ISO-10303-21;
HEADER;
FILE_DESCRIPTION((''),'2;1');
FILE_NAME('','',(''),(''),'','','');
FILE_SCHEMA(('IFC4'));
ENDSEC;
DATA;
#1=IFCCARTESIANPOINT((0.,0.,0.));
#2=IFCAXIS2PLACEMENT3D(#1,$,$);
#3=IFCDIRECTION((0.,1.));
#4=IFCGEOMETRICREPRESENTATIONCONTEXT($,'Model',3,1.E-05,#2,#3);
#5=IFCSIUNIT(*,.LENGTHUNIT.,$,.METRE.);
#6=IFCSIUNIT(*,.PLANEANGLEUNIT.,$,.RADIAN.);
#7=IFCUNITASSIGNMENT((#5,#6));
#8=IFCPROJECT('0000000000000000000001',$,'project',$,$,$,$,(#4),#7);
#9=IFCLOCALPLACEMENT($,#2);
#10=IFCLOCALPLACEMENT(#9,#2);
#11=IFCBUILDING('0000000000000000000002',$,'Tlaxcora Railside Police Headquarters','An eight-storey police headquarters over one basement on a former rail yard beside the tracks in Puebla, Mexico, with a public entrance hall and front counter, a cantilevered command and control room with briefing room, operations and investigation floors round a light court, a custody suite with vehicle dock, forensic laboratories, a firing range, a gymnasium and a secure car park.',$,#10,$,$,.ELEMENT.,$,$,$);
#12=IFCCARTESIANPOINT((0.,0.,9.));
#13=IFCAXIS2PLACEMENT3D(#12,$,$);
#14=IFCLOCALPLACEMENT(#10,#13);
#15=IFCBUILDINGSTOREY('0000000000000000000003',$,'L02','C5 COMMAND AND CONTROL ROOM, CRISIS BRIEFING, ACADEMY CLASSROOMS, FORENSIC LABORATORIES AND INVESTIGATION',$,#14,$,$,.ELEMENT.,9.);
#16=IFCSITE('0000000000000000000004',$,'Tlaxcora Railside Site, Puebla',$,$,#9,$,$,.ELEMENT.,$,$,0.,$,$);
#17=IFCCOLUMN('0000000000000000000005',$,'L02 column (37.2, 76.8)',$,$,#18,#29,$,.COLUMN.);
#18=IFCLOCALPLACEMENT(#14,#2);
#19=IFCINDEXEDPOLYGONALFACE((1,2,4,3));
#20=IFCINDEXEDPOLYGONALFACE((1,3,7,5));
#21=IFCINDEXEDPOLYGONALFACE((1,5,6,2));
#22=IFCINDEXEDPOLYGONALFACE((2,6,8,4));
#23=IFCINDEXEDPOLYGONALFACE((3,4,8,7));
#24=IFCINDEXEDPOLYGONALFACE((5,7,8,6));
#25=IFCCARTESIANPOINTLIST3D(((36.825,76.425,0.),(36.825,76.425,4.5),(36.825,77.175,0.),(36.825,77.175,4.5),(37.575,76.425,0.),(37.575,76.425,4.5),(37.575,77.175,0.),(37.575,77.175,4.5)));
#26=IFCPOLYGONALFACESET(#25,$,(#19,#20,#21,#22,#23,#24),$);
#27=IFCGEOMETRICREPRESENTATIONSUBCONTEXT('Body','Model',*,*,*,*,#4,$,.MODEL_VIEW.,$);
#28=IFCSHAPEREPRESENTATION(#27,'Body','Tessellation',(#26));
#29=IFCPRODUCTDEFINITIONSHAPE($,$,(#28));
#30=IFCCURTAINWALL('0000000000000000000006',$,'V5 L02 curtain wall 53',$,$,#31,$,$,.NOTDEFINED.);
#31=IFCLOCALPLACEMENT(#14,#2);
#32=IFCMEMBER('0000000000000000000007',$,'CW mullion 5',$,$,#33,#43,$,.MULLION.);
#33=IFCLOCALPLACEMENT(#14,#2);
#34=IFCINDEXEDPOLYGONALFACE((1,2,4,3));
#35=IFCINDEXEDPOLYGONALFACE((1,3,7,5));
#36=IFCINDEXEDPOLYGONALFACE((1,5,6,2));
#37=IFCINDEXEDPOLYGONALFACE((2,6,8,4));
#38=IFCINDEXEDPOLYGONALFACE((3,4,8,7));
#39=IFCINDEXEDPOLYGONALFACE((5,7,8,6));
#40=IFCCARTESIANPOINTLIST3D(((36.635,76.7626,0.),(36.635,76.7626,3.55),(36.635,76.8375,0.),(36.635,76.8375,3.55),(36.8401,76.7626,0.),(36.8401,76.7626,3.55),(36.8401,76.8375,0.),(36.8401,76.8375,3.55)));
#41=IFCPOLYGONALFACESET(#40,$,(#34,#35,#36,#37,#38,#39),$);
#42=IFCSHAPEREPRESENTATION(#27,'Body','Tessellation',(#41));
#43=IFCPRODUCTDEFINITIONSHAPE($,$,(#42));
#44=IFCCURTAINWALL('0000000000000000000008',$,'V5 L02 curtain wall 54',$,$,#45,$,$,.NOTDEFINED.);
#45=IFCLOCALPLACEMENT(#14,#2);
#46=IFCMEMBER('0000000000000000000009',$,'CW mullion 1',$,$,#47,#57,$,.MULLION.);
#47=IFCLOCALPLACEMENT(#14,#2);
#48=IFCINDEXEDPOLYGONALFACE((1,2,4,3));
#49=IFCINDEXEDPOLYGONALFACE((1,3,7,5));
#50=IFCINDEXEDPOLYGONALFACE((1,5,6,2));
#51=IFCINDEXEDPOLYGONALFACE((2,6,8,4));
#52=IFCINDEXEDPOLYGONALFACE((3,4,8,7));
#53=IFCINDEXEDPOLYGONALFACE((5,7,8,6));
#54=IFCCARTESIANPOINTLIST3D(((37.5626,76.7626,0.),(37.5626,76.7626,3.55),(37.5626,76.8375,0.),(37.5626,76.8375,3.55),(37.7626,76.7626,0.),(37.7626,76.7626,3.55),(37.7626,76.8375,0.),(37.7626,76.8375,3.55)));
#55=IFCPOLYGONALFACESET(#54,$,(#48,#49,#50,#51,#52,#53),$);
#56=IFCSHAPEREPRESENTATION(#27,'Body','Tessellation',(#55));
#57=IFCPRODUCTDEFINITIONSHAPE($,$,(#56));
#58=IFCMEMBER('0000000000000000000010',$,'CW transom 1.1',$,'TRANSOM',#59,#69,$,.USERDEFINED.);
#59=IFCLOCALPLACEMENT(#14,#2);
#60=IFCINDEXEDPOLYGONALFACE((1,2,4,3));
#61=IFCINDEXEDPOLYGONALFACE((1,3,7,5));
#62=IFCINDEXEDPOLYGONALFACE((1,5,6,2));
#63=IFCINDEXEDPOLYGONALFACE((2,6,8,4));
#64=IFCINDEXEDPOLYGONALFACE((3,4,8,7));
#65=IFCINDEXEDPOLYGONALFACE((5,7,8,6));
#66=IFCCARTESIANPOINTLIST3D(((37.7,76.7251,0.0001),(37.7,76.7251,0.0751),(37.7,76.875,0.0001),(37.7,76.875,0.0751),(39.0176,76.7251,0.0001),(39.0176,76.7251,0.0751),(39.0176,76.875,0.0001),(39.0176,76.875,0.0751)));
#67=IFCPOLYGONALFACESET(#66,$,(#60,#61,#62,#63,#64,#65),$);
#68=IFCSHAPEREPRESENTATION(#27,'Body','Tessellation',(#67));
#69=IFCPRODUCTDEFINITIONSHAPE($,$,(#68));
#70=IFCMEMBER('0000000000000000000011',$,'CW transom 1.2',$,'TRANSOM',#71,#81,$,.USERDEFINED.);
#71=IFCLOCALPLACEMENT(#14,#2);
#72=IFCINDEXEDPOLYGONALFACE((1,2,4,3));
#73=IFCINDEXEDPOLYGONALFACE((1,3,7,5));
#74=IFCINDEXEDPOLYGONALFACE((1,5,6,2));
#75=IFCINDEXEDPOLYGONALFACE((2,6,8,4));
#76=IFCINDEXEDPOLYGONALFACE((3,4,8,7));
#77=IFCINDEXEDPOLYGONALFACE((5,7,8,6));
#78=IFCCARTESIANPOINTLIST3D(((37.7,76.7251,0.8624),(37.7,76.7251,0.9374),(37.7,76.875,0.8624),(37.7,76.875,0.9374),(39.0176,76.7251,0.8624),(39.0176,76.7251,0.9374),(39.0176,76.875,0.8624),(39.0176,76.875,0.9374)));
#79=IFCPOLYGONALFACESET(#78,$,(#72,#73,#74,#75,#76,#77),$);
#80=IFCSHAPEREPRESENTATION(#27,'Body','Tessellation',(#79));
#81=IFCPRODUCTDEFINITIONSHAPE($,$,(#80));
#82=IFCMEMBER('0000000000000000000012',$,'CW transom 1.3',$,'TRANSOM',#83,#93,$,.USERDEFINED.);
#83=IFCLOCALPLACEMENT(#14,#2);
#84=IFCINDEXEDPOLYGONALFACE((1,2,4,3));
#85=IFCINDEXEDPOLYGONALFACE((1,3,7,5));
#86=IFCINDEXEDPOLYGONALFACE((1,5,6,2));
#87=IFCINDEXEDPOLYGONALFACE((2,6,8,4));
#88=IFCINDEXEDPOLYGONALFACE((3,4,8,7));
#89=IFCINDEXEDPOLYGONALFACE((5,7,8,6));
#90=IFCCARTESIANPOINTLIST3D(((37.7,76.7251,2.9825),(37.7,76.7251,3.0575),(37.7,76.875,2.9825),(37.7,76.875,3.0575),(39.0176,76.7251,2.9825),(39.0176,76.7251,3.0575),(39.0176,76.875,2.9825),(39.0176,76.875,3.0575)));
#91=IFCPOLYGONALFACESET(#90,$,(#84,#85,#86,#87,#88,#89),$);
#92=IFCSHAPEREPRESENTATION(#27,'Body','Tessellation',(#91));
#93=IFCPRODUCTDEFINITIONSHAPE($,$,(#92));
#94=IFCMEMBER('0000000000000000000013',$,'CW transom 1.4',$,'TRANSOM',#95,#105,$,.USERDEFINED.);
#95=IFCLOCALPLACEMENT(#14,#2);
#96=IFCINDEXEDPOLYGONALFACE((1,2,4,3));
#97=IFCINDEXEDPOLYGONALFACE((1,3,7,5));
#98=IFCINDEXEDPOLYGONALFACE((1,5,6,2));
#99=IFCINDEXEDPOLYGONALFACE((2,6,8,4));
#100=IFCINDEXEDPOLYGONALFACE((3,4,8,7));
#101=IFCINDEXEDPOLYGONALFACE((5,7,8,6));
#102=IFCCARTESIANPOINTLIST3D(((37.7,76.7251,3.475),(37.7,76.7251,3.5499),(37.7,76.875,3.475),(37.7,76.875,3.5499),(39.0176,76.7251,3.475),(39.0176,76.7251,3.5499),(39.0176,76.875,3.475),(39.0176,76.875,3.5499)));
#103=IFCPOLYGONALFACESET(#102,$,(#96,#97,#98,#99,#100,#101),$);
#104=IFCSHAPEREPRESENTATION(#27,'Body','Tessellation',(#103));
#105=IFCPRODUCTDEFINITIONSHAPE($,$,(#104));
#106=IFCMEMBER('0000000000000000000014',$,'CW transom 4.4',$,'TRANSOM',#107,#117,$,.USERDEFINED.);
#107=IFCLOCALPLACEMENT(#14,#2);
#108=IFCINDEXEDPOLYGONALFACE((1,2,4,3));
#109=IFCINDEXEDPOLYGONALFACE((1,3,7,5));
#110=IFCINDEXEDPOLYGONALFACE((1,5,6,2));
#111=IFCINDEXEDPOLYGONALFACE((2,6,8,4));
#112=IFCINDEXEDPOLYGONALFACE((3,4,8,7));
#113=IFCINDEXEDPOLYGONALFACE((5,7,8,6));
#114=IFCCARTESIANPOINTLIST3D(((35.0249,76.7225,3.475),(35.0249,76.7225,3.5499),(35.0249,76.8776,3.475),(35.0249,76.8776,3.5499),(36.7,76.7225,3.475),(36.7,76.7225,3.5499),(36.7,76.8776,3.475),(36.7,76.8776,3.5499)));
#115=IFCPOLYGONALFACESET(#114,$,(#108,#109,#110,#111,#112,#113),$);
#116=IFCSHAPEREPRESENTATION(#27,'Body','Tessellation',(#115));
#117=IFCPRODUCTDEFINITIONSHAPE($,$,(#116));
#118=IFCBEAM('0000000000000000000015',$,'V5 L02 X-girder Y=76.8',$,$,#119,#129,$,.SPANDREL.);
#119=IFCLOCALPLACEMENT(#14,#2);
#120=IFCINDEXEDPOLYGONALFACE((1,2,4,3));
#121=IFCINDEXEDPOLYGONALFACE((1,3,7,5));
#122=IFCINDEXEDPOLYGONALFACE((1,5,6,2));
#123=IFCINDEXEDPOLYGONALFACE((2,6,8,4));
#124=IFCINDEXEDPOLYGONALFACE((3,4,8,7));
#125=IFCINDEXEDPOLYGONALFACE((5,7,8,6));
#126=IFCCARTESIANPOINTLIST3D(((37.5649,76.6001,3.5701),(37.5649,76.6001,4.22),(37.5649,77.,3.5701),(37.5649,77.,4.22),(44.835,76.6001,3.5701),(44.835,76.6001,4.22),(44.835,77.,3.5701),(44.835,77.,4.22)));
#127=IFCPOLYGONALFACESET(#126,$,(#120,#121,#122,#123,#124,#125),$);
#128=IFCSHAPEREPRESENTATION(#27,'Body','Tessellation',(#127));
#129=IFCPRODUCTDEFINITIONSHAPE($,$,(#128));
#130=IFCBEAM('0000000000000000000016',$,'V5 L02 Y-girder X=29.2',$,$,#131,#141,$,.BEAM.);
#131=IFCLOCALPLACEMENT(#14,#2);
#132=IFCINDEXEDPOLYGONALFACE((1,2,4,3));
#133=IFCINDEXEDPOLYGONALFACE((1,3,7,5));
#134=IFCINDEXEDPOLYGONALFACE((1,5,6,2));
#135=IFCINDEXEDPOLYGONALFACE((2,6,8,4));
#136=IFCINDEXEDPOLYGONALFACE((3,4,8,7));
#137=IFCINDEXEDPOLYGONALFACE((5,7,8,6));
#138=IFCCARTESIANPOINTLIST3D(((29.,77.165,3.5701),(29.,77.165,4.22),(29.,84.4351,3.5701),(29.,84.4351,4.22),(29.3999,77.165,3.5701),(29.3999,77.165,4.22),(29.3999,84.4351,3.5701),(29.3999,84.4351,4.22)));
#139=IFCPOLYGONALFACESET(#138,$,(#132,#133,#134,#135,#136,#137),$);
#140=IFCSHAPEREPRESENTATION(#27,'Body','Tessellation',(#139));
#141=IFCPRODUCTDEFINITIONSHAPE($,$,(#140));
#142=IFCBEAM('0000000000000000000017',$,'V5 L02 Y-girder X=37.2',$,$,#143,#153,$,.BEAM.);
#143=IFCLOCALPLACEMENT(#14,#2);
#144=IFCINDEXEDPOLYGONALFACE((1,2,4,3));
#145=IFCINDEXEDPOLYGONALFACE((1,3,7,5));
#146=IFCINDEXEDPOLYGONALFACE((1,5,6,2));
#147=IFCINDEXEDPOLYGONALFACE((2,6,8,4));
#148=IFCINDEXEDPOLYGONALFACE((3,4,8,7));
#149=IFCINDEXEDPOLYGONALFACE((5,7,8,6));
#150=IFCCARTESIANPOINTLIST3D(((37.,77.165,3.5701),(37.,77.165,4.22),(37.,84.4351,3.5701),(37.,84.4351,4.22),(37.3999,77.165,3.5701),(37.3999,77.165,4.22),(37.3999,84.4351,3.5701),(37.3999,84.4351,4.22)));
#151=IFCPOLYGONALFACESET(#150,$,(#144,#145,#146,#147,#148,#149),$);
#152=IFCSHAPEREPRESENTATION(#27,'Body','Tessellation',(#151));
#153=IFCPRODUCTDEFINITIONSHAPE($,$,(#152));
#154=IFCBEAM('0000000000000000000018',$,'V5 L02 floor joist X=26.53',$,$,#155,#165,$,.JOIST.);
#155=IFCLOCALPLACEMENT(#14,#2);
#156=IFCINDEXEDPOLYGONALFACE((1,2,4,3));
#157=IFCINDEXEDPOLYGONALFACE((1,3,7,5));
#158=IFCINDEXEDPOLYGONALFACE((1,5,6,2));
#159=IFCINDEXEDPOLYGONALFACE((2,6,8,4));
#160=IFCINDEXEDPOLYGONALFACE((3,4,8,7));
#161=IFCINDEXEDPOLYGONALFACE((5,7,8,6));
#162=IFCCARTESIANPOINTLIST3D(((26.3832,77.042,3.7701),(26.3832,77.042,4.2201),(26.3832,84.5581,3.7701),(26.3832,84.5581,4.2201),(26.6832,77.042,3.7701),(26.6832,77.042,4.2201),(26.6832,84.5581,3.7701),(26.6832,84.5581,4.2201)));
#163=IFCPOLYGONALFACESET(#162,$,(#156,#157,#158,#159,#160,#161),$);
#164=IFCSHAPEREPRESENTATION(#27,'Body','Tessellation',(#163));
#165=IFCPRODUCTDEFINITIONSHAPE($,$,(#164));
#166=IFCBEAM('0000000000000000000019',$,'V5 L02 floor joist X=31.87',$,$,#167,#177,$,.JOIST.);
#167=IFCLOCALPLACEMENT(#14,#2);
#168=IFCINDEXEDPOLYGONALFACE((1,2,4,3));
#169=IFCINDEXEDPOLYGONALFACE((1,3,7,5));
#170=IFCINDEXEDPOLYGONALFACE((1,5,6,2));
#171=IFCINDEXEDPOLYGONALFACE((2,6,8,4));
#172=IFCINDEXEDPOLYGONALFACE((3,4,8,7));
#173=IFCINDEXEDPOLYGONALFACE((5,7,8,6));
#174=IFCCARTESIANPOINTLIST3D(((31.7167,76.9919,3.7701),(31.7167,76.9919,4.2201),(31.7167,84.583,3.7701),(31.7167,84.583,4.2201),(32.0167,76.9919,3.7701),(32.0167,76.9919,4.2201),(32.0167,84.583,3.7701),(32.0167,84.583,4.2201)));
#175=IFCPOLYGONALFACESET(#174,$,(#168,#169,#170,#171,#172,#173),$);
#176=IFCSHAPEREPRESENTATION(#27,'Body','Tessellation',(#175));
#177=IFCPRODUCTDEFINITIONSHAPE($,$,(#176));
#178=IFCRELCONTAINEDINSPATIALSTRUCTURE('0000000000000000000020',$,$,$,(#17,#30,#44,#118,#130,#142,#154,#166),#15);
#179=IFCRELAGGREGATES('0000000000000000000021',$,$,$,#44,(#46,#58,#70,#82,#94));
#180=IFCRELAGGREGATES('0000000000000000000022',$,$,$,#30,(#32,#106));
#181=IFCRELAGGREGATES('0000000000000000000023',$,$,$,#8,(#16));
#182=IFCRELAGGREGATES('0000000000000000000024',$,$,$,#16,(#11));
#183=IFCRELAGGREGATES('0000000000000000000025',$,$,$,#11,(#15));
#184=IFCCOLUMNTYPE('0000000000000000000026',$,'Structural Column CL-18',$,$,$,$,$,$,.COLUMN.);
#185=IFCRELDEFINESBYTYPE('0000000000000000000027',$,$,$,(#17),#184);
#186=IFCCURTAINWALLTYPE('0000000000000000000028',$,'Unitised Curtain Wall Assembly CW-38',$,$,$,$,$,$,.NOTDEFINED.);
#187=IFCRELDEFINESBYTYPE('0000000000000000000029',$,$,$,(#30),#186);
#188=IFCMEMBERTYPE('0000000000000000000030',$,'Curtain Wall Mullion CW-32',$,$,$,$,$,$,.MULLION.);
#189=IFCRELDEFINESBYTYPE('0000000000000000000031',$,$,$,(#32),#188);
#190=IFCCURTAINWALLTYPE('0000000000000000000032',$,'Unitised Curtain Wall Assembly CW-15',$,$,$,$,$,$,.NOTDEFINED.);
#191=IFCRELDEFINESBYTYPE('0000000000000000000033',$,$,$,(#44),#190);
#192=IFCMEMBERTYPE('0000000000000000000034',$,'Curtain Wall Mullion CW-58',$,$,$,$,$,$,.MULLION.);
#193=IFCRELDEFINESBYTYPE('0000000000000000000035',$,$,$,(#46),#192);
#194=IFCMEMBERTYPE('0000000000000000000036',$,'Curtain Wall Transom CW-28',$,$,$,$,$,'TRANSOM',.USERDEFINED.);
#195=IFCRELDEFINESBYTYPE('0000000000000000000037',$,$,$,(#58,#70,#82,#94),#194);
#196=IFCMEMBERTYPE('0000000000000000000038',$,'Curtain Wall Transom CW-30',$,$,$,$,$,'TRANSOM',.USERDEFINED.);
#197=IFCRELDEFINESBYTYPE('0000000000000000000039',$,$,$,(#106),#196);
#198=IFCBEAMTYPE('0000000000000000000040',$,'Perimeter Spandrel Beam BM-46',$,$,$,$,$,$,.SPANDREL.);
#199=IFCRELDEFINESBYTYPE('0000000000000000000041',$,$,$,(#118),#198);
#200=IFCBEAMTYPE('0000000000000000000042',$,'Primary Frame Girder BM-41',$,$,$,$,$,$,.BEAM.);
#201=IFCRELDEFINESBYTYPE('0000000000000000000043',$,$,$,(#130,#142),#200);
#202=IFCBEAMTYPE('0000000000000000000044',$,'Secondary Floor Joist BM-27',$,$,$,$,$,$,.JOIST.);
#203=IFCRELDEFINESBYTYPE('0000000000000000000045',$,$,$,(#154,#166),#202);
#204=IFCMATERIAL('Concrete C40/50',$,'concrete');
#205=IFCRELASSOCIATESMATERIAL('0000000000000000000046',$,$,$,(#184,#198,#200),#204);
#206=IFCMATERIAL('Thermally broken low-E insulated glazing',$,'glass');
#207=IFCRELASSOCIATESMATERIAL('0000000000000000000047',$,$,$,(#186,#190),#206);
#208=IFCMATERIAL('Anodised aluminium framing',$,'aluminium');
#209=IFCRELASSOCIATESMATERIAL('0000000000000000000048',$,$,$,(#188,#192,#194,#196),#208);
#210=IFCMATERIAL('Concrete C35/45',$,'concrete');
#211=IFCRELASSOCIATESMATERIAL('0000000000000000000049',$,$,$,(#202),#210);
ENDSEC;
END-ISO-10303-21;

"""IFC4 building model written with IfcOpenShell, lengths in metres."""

from ifc_helpers import new_model, si_unit, direction, frame, origin, origin_2d, place, context, subcontext, project, spatial, rectangle, extrude, material, material_profile, profile_set, type_object, element, aggregate, save


model = new_model("IFC4")

# Units and contexts
model_context = context("Model", 3, precision=1e-05, world=origin(), true_north=direction((0.0, 1.0)))
body_context = subcontext(model_context, "Body", "Model", "MODEL_VIEW")
ifc_project = project(units=[si_unit("LENGTHUNIT", "METRE"), si_unit("PLANEANGLEUNIT", "RADIAN")], contexts=[model_context])

# Site, building, storey
site_placement = place(None, origin())
site = spatial("IfcSite", under=ifc_project, at=site_placement, Name="Tlaxcora Railside Site, Puebla", CompositionType="ELEMENT", RefElevation=0.0)
building_placement = place(site_placement, origin())
building = spatial("IfcBuilding", under=site, at=building_placement, Name="Tlaxcora Railside Police Headquarters", Description="An eight-storey police headquarters over one basement on a former rail yard beside the tracks in Puebla, Mexico, with a public entrance hall and front counter, a cantilevered command and control room with briefing room, operations and investigation floors round a light court, a custody suite with vehicle dock, forensic laboratories, a firing range, a gymnasium and a secure car park.", CompositionType="ELEMENT")
storey_placement = place(building_placement, frame((0.0, 0.0, 9.0)))
storey = spatial("IfcBuildingStorey", under=building, at=storey_placement, Name="L02", Description="C5 COMMAND AND CONTROL ROOM, CRISIS BRIEFING, ACADEMY CLASSROOMS, FORENSIC LABORATORIES AND INVESTIGATION", CompositionType="ELEMENT", Elevation=9.0)

# Column
ifc_material_1 = material(Name="Concrete C40/50", Category="concrete")
ifc_material_profile_1 = material_profile(ifc_material_1, rectangle(XDim=0.75, YDim=0.75, at=origin_2d()), Name="RC750X750")
ifc_profile_set_1 = profile_set([ifc_material_profile_1], Name="Concrete C40/50")
column_type = type_object("IfcColumnType", Name="Structural Column CL-18", PredefinedType="COLUMN", material=ifc_profile_set_1)
column_placement = place(storey_placement, frame((37.2, 76.8, 0.0), z_axis=(0.0, 0.0, 1.0), x_axis=(1.0, 0.0, 0.0)))
element("IfcColumn", 1, at=column_placement, inside=storey, type_object=column_type, Name="L02 column (37.2, 76.8)", PredefinedType="COLUMN", context=body_context, shape_type="SweptSolid", body=[
    extrude(rectangle(XDim=0.75, YDim=0.75, at=origin_2d()), origin(), (0.0, 0.0, 1.0), 4.5),
])

# Curtain wall, member
ifc_material_2 = material(Name="Thermally broken low-E insulated glazing", Category="glass")
curtain_wall_type_1 = type_object("IfcCurtainWallType", Name="Unitised Curtain Wall Assembly CW-38", PredefinedType="NOTDEFINED", material=ifc_material_2)
curtain_wall_1_placement = place(storey_placement, origin())
curtain_wall_1 = element("IfcCurtainWall", 2, at=curtain_wall_1_placement, inside=storey, type_object=curtain_wall_type_1, Name="V5 L02 curtain wall 53", PredefinedType="NOTDEFINED")
ifc_material_3 = material(Name="Anodised aluminium framing", Category="aluminium")
ifc_material_profile_2 = material_profile(ifc_material_3, rectangle(XDim=0.075, YDim=0.2051, at=origin_2d()), Name="AL75X205")
ifc_profile_set_2 = profile_set([ifc_material_profile_2], Name="Anodised aluminium framing")
member_type_1 = type_object("IfcMemberType", Name="Curtain Wall Mullion CW-32", PredefinedType="MULLION", material=ifc_profile_set_2)
member_1_placement = place(storey_placement, frame((36.7375, 76.8, 0.0), z_axis=(0.0, 0.0, 1.0), x_axis=(0.0, 1.0, 0.0)))
member_1 = element("IfcMember", 3, at=member_1_placement, type_object=member_type_1, Name="CW mullion 5", PredefinedType="MULLION", context=body_context, shape_type="SweptSolid", body=[
    extrude(rectangle(XDim=0.075, YDim=0.2051, at=origin_2d()), origin(), (0.0, 0.0, 1.0), 3.55),
])

# Curtain wall, members
curtain_wall_type_2 = type_object("IfcCurtainWallType", Name="Unitised Curtain Wall Assembly CW-15", PredefinedType="NOTDEFINED", material=ifc_material_2)
curtain_wall_2_placement = place(storey_placement, origin())
curtain_wall_2 = element("IfcCurtainWall", 4, at=curtain_wall_2_placement, inside=storey, type_object=curtain_wall_type_2, Name="V5 L02 curtain wall 54", PredefinedType="NOTDEFINED")
ifc_material_profile_3 = material_profile(ifc_material_3, rectangle(XDim=0.075, YDim=0.2, at=origin_2d()), Name="AL75X200")
ifc_profile_set_3 = profile_set([ifc_material_profile_3], Name="Anodised aluminium framing")
member_type_2 = type_object("IfcMemberType", Name="Curtain Wall Mullion CW-58", PredefinedType="MULLION", material=ifc_profile_set_3)
member_2_placement = place(storey_placement, frame((37.6626, 76.8, 0.0), z_axis=(0.0, 0.0, 1.0), x_axis=(0.0, 1.0, 0.0)))
member_2 = element("IfcMember", 5, at=member_2_placement, type_object=member_type_2, Name="CW mullion 1", PredefinedType="MULLION", context=body_context, shape_type="SweptSolid", body=[
    extrude(rectangle(XDim=0.075, YDim=0.2, at=origin_2d()), origin(), (0.0, 0.0, 1.0), 3.55),
])
ifc_material_profile_4 = material_profile(ifc_material_3, rectangle(XDim=0.1499, YDim=0.075, at=origin_2d()), Name="AL75X150")
ifc_profile_set_4 = profile_set([ifc_material_profile_4], Name="Anodised aluminium framing")
member_type_3 = type_object("IfcMemberType", Name="Curtain Wall Transom CW-28", ElementType="TRANSOM", PredefinedType="USERDEFINED", material=ifc_profile_set_4)
member_3_placement = place(storey_placement, frame((37.7, 76.8, 0.0376), z_axis=(1.0, 0.0, 0.0), x_axis=(0.0, 1.0, 0.0)))
member_3 = element("IfcMember", 6, at=member_3_placement, type_object=member_type_3, Name="CW transom 1.1", ObjectType="TRANSOM", PredefinedType="USERDEFINED", context=body_context, shape_type="SweptSolid", body=[
    extrude(rectangle(XDim=0.1499, YDim=0.075, at=origin_2d()), origin(), (0.0, 0.0, 1.0), 1.3176),
])
member_4_placement = place(storey_placement, frame((37.7, 76.8, 0.8999), z_axis=(1.0, 0.0, 0.0), x_axis=(0.0, 1.0, 0.0)))
member_4 = element("IfcMember", 7, at=member_4_placement, type_object=member_type_3, Name="CW transom 1.2", ObjectType="TRANSOM", PredefinedType="USERDEFINED", context=body_context, shape_type="SweptSolid", body=[
    extrude(rectangle(XDim=0.1499, YDim=0.075, at=origin_2d()), origin(), (0.0, 0.0, 1.0), 1.3176),
])
member_5_placement = place(storey_placement, frame((37.7, 76.8, 3.02), z_axis=(1.0, 0.0, 0.0), x_axis=(0.0, 1.0, 0.0)))
member_5 = element("IfcMember", 8, at=member_5_placement, type_object=member_type_3, Name="CW transom 1.3", ObjectType="TRANSOM", PredefinedType="USERDEFINED", context=body_context, shape_type="SweptSolid", body=[
    extrude(rectangle(XDim=0.1499, YDim=0.075, at=origin_2d()), origin(), (0.0, 0.0, 1.0), 1.3176),
])
member_6_placement = place(storey_placement, frame((37.7, 76.8, 3.5125), z_axis=(1.0, 0.0, 0.0), x_axis=(0.0, 1.0, 0.0)))
member_6 = element("IfcMember", 9, at=member_6_placement, type_object=member_type_3, Name="CW transom 1.4", ObjectType="TRANSOM", PredefinedType="USERDEFINED", context=body_context, shape_type="SweptSolid", body=[
    extrude(rectangle(XDim=0.1499, YDim=0.075, at=origin_2d()), origin(), (0.0, 0.0, 1.0), 1.3176),
])

# Member
ifc_material_profile_5 = material_profile(ifc_material_3, rectangle(XDim=0.155, YDim=0.075, at=origin_2d()), Name="AL75X155")
ifc_profile_set_5 = profile_set([ifc_material_profile_5], Name="Anodised aluminium framing")
member_type_4 = type_object("IfcMemberType", Name="Curtain Wall Transom CW-30", ElementType="TRANSOM", PredefinedType="USERDEFINED", material=ifc_profile_set_5)
member_7_placement = place(storey_placement, frame((35.0249, 76.8, 3.5125), z_axis=(1.0, 0.0, 0.0), x_axis=(0.0, 1.0, 0.0)))
member_7 = element("IfcMember", 10, at=member_7_placement, type_object=member_type_4, Name="CW transom 4.4", ObjectType="TRANSOM", PredefinedType="USERDEFINED", context=body_context, shape_type="SweptSolid", body=[
    extrude(rectangle(XDim=0.155, YDim=0.075, at=origin_2d()), origin(), (0.0, 0.0, 1.0), 1.675),
])

# Beams
ifc_material_profile_6 = material_profile(ifc_material_1, rectangle(XDim=0.3999, YDim=0.6499, at=origin_2d()), Name="RC400X650")
ifc_profile_set_6 = profile_set([ifc_material_profile_6], Name="Concrete C40/50")
beam_type_1 = type_object("IfcBeamType", Name="Perimeter Spandrel Beam BM-46", PredefinedType="SPANDREL", material=ifc_profile_set_6)
beam_1_placement = place(storey_placement, frame((37.5649, 76.8, 3.895), z_axis=(1.0, 0.0, 0.0), x_axis=(0.0, 1.0, 0.0)))
element("IfcBeam", 11, at=beam_1_placement, inside=storey, type_object=beam_type_1, Name="V5 L02 X-girder Y=76.8", PredefinedType="SPANDREL", context=body_context, shape_type="SweptSolid", body=[
    extrude(rectangle(XDim=0.3999, YDim=0.6499, at=origin_2d()), origin(), (0.0, 0.0, 1.0), 7.27),
])
ifc_material_profile_7 = material_profile(ifc_material_1, rectangle(XDim=0.3999, YDim=0.6499, at=origin_2d()), Name="RC400X650")
ifc_profile_set_7 = profile_set([ifc_material_profile_7], Name="Concrete C40/50")
beam_type_2 = type_object("IfcBeamType", Name="Primary Frame Girder BM-41", PredefinedType="BEAM", material=ifc_profile_set_7)
for number, where, z_axis, x_axis, name in (
    (12, (29.2, 77.165, 3.895), (0.0, 1.0, 0.0), (-1.0, 0.0, 0.0), "V5 L02 Y-girder X=29.2"),
    (13, (37.2, 77.165, 3.895), (0.0, 1.0, 0.0), (-1.0, 0.0, 0.0), "V5 L02 Y-girder X=37.2"),
):
    element("IfcBeam", number, at=place(storey_placement, frame(where, z_axis=z_axis, x_axis=x_axis)), inside=storey, type_object=beam_type_2, Name=name, PredefinedType="BEAM", context=body_context, shape_type="SweptSolid", body=[
        extrude(rectangle(XDim=0.3999, YDim=0.6499, at=origin_2d()), origin(), (0.0, 0.0, 1.0), 7.27),
    ])
ifc_material_4 = material(Name="Concrete C35/45", Category="concrete")
ifc_material_profile_8 = material_profile(ifc_material_4, rectangle(XDim=0.3, YDim=0.45, at=origin_2d()), Name="RC300X450")
ifc_profile_set_8 = profile_set([ifc_material_profile_8], Name="Concrete C35/45")
beam_type_3 = type_object("IfcBeamType", Name="Secondary Floor Joist BM-27", PredefinedType="JOIST", material=ifc_profile_set_8)
beam_2_placement = place(storey_placement, frame((26.5332, 77.042, 3.9951), z_axis=(0.0, 1.0, 0.0), x_axis=(-1.0, 0.0, 0.0)))
element("IfcBeam", 14, at=beam_2_placement, inside=storey, type_object=beam_type_3, Name="V5 L02 floor joist X=26.53", PredefinedType="JOIST", context=body_context, shape_type="SweptSolid", body=[
    extrude(rectangle(XDim=0.3, YDim=0.45, at=origin_2d()), origin(), (0.0, 0.0, 1.0), 7.5161),
])
beam_3_placement = place(storey_placement, frame((31.8667, 76.9919, 3.9951), z_axis=(0.0, 1.0, 0.0), x_axis=(-1.0, 0.0, 0.0)))
element("IfcBeam", 15, at=beam_3_placement, inside=storey, type_object=beam_type_3, Name="V5 L02 floor joist X=31.87", PredefinedType="JOIST", context=body_context, shape_type="SweptSolid", body=[
    extrude(rectangle(XDim=0.3, YDim=0.45, at=origin_2d()), origin(), (0.0, 0.0, 1.0), 7.5911),
])

aggregate(curtain_wall_2, [member_2, member_3, member_4, member_5, member_6])
aggregate(curtain_wall_1, [member_1, member_7])

save(model, "model.ifc")
